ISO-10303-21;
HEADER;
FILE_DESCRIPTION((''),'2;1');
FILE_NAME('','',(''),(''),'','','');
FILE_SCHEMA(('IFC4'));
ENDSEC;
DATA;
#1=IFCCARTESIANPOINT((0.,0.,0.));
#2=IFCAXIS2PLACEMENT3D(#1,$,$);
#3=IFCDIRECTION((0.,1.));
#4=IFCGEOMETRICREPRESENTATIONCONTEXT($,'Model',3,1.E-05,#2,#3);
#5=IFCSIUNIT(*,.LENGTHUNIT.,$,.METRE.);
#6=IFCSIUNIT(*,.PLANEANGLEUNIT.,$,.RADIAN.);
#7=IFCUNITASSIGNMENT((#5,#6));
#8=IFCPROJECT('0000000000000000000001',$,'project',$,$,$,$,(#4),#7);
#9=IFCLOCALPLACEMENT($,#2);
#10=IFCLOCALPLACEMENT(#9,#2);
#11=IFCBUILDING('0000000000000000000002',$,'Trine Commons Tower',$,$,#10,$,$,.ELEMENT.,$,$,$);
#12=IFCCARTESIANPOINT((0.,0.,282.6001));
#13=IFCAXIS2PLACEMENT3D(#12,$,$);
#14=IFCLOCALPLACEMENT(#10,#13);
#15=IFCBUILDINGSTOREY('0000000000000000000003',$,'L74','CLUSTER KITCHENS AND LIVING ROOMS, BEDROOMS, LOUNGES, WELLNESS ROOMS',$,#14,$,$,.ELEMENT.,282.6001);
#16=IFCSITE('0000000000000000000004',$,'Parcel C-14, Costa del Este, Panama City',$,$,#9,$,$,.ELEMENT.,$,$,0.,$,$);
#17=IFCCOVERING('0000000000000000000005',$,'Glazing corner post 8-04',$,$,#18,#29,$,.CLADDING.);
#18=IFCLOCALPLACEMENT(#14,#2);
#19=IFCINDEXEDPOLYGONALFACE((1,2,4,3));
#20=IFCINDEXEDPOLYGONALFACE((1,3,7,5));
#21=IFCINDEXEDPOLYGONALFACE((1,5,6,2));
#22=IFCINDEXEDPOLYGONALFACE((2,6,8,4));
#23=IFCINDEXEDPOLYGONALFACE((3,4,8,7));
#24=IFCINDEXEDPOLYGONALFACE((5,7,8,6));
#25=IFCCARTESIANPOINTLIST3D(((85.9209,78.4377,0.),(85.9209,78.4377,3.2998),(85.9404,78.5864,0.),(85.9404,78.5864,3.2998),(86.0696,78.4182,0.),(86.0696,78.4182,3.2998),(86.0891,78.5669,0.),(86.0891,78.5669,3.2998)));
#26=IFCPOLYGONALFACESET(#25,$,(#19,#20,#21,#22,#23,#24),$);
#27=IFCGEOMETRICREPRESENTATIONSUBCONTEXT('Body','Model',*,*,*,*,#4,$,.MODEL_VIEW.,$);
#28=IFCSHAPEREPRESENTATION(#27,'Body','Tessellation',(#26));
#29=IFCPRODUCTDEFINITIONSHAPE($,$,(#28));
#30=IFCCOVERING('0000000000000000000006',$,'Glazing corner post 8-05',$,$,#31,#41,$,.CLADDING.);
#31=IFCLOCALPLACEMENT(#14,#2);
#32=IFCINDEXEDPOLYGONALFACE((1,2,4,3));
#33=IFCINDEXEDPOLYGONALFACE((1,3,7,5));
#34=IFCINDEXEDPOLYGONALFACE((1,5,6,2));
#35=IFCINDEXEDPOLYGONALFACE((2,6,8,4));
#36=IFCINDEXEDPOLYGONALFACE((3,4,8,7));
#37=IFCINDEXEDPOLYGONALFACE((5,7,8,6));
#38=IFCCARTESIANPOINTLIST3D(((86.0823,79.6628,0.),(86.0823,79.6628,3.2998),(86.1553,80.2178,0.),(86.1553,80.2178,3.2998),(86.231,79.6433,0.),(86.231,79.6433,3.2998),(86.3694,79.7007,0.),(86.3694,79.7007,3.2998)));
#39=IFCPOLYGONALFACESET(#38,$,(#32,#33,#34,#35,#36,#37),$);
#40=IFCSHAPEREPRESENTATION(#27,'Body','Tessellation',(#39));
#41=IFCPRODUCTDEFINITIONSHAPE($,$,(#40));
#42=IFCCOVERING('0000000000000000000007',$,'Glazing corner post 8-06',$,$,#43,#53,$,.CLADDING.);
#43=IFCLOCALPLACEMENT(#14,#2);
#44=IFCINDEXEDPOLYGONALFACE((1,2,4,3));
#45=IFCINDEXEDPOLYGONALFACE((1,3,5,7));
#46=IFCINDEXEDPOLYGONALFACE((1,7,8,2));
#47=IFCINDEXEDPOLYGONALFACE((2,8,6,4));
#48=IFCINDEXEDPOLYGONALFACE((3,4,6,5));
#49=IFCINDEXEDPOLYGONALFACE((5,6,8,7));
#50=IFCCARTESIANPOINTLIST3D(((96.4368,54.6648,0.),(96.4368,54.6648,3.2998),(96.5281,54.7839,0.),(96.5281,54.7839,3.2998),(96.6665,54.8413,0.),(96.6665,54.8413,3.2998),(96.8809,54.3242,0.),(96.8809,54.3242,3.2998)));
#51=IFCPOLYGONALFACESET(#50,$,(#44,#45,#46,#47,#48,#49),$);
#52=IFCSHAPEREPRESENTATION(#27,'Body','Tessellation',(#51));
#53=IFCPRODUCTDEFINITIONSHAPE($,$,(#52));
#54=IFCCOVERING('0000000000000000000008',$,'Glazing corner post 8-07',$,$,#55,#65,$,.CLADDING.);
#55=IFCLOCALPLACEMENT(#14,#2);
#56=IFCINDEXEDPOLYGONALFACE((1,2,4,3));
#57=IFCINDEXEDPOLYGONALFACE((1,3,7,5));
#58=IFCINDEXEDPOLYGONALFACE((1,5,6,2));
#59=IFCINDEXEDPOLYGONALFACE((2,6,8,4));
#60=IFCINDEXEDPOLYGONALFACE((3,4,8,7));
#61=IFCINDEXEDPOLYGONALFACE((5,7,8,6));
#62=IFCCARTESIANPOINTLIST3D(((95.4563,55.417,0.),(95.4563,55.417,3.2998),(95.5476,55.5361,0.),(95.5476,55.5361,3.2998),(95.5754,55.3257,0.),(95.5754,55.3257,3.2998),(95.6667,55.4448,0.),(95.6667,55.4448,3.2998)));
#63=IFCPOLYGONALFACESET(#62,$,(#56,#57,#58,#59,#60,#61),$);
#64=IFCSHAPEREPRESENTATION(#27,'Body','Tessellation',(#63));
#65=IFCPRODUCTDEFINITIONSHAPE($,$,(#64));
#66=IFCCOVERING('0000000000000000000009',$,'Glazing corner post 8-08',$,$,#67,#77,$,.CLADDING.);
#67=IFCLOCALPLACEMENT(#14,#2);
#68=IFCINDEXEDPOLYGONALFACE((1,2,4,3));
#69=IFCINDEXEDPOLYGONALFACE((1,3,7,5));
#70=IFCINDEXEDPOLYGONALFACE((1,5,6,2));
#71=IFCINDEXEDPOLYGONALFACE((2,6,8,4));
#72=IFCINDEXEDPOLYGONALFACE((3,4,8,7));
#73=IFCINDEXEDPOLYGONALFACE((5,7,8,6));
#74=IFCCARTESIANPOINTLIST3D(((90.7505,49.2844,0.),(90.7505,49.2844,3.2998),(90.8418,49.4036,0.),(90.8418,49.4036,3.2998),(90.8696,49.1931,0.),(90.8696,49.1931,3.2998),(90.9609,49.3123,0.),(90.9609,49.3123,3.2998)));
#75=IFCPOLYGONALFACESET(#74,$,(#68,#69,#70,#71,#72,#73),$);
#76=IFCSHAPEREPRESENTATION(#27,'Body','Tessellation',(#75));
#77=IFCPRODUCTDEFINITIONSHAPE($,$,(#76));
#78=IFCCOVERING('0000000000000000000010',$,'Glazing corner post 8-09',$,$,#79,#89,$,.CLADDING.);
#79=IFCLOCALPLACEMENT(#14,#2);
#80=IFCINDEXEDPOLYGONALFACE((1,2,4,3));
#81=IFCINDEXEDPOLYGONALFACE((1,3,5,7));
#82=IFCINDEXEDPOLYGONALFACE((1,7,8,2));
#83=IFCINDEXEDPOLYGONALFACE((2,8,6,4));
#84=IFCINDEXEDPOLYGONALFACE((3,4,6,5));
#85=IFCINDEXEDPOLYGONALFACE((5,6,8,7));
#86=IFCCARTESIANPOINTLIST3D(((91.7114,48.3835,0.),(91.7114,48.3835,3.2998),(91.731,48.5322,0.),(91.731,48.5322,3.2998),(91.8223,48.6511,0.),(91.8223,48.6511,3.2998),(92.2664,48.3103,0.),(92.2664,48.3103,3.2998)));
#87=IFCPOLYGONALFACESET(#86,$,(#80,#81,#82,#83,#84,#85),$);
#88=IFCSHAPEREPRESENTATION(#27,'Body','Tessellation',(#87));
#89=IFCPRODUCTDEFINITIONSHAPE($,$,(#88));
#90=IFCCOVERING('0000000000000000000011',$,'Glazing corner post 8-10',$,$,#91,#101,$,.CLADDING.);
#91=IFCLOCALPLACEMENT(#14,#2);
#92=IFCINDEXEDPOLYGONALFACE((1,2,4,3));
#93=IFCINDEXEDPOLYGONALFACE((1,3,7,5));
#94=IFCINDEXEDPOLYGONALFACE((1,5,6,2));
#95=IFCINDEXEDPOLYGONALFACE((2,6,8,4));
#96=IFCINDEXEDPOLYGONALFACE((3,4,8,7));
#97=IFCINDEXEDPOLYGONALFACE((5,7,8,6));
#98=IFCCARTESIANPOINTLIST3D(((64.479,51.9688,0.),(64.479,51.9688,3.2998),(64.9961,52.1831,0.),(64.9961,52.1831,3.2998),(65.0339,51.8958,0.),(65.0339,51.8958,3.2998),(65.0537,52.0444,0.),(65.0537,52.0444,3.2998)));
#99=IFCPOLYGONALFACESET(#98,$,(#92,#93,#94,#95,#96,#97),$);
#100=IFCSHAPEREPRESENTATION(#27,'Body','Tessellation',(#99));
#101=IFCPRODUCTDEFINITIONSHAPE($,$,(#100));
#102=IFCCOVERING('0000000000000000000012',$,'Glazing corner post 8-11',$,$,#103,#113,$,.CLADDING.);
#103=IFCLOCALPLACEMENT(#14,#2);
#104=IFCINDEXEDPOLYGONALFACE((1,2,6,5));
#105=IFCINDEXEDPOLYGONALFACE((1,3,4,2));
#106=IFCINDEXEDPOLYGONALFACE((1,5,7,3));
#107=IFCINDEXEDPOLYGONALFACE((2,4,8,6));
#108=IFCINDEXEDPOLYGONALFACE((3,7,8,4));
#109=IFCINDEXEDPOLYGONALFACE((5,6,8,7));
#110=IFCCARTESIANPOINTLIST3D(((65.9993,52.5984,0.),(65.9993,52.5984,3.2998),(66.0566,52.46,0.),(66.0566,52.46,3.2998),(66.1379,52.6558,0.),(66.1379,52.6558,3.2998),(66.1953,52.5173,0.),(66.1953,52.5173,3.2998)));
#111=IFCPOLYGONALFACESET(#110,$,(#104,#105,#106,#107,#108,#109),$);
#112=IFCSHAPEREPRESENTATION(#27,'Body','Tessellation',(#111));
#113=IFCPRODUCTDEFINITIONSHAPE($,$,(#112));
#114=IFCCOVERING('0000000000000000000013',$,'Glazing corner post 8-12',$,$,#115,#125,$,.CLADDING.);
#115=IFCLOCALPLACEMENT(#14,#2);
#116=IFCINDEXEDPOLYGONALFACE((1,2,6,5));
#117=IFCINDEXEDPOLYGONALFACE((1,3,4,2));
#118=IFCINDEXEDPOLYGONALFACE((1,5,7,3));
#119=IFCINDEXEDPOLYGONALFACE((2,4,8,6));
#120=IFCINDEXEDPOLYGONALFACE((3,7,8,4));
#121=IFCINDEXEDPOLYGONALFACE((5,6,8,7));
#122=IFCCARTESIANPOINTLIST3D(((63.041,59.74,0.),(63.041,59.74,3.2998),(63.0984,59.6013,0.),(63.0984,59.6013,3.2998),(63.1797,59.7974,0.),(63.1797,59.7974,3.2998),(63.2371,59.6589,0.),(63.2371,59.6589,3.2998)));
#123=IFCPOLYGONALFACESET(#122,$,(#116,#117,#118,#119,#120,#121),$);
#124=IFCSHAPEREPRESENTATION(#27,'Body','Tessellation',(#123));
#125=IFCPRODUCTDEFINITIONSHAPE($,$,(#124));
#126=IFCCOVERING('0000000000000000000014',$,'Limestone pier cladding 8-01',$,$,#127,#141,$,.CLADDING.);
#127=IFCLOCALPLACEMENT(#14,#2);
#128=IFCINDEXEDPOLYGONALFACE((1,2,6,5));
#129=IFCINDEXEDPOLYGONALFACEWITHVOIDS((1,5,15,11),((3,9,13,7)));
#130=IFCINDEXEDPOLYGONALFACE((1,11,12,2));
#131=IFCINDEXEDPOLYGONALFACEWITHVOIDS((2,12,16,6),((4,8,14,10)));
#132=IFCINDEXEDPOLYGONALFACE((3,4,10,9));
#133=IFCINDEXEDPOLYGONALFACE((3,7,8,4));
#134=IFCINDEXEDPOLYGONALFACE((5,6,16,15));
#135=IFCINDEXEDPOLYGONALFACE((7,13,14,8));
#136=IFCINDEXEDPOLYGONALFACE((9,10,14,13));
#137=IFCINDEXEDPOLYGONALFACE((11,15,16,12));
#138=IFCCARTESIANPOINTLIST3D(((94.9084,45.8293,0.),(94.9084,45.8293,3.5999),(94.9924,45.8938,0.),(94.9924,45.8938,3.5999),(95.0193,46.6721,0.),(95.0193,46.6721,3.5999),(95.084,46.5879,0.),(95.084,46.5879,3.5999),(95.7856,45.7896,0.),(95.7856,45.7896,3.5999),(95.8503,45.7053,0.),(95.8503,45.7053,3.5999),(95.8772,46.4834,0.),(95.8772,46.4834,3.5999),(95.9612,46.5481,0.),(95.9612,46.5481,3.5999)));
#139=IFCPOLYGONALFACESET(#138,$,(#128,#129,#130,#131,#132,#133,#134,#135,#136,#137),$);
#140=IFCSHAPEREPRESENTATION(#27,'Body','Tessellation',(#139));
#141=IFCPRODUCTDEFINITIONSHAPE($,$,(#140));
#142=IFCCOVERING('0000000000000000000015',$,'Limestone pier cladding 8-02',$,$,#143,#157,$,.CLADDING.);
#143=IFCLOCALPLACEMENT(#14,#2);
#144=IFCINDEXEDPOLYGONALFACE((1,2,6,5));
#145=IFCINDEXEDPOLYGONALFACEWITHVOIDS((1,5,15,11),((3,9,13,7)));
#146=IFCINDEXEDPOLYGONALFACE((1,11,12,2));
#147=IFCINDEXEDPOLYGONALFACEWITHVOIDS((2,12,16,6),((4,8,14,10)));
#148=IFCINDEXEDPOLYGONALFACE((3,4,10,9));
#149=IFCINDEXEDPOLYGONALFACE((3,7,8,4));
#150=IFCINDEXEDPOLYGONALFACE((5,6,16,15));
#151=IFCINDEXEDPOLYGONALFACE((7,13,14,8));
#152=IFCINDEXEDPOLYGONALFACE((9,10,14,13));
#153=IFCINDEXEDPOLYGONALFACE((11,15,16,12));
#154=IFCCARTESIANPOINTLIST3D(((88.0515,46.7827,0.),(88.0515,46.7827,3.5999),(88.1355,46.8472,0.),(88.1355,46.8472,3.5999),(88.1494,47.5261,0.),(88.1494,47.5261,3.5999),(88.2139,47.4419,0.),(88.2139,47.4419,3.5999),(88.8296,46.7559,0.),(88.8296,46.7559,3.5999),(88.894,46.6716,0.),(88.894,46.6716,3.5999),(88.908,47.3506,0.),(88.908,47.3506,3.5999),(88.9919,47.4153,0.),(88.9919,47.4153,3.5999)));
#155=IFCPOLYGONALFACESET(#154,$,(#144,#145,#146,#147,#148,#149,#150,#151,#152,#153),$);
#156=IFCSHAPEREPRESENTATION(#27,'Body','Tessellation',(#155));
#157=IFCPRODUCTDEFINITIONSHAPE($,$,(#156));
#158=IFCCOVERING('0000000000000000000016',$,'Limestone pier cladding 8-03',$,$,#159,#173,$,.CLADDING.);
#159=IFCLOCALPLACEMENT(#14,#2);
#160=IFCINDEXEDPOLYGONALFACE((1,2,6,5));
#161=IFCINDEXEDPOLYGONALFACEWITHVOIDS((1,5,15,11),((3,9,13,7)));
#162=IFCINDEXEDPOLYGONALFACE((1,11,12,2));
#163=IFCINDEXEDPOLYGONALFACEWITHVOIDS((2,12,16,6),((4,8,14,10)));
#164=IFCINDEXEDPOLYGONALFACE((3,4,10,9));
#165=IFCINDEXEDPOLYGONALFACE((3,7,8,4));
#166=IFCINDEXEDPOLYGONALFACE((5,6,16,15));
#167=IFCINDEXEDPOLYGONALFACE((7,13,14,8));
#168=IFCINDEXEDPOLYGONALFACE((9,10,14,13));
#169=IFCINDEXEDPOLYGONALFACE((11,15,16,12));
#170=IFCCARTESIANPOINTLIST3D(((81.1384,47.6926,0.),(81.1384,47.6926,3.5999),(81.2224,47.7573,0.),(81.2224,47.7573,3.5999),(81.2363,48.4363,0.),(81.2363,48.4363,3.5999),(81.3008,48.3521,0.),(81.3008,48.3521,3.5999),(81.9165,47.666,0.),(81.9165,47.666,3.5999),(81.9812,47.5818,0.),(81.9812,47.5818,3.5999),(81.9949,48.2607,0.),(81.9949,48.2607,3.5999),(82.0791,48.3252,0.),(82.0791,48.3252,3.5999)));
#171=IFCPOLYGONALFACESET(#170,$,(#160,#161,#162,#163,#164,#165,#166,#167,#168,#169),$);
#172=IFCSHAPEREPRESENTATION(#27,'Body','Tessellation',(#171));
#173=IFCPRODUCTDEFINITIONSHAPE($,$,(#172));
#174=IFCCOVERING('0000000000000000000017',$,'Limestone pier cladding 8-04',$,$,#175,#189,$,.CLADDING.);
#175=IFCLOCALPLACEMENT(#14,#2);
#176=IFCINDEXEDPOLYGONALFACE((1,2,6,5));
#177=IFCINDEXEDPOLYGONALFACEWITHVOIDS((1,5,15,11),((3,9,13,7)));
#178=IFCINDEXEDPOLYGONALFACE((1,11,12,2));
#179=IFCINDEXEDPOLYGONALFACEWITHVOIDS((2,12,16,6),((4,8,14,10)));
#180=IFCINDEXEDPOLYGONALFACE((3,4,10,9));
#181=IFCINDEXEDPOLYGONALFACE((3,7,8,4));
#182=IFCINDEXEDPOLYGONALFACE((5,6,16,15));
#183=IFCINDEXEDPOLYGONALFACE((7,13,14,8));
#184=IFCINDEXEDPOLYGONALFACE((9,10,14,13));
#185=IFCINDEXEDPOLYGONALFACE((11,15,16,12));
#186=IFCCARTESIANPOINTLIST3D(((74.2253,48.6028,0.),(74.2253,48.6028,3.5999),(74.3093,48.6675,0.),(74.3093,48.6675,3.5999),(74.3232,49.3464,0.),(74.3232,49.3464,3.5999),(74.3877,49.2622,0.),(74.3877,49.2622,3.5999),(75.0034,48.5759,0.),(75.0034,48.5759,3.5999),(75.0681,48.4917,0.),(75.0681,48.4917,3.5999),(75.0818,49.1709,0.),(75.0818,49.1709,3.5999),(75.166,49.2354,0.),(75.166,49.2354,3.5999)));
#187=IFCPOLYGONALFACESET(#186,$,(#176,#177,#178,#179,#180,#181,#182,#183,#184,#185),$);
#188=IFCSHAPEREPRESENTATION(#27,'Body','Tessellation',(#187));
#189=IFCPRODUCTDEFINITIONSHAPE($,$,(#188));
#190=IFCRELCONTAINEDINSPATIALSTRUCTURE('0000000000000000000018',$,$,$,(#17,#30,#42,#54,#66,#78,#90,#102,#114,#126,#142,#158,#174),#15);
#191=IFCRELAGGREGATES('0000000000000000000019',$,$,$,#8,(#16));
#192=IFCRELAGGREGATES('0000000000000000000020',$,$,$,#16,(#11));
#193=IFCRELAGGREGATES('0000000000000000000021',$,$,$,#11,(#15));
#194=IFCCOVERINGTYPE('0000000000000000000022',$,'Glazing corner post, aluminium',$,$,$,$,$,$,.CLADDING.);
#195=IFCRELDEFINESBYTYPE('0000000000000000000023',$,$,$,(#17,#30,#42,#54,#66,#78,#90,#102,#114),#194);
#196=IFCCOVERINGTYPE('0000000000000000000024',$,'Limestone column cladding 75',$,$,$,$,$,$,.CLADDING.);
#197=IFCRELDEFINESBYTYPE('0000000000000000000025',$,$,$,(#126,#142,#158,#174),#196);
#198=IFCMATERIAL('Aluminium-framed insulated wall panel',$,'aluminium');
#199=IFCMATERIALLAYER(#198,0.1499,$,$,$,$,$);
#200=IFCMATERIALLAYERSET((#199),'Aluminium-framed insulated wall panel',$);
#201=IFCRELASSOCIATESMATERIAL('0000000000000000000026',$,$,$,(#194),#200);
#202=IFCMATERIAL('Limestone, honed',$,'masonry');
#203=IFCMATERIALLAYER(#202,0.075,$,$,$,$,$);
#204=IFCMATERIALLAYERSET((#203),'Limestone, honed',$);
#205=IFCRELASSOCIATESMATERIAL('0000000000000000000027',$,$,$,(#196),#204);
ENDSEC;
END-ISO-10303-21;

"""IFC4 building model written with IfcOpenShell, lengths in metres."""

from ifc_helpers import new_model, si_unit, direction, frame, origin, place, context, subcontext, project, spatial, polyline, outline, extrude, material, layer, layer_set, type_object, element, save


model = new_model("IFC4")

# Units and contexts
model_context = context("Model", 3, precision=1e-05, world=origin(), true_north=direction((0.0, 1.0)))
body_context = subcontext(model_context, "Body", "Model", "MODEL_VIEW")
ifc_project = project(units=[si_unit("LENGTHUNIT", "METRE"), si_unit("PLANEANGLEUNIT", "RADIAN")], contexts=[model_context])

# Site, building, storey
site_placement = place(None, origin())
site = spatial("IfcSite", under=ifc_project, at=site_placement, Name="Parcel C-14, Costa del Este, Panama City", CompositionType="ELEMENT", RefElevation=0.0)
building_placement = place(site_placement, origin())
building = spatial("IfcBuilding", under=site, at=building_placement, Name="Trine Commons Tower", CompositionType="ELEMENT")
storey_placement = place(building_placement, frame((0.0, 0.0, 282.6001)))
storey = spatial("IfcBuildingStorey", under=building, at=storey_placement, Name="L74", Description="CLUSTER KITCHENS AND LIVING ROOMS, BEDROOMS, LOUNGES, WELLNESS ROOMS", CompositionType="ELEMENT", Elevation=282.6001)

# Coverings
ifc_material_1 = material(Name="Aluminium-framed insulated wall panel", Category="aluminium")
ifc_layer_1 = layer(ifc_material_1, 0.1499)
ifc_layer_set_1 = layer_set([ifc_layer_1], Name="Aluminium-framed insulated wall panel")
covering_type_1 = type_object("IfcCoveringType", Name="Glazing corner post, aluminium", PredefinedType="CLADDING", material=ifc_layer_set_1)
covering_1_placement = place(storey_placement, origin())
element("IfcCovering", 1, at=covering_1_placement, inside=storey, type_object=covering_type_1, Name="Glazing corner post 8-04", PredefinedType="CLADDING", context=body_context, shape_type="SweptSolid", body=[
    extrude(outline(polyline([(85.9209, 78.4377), (86.0696, 78.4182), (86.0891, 78.5669), (85.9404, 78.5864), (85.9209, 78.4377)])), origin(), (0.0, 0.0, 1.0), 3.2998),
])
covering_2_placement = place(storey_placement, origin())
element("IfcCovering", 2, at=covering_2_placement, inside=storey, type_object=covering_type_1, Name="Glazing corner post 8-05", PredefinedType="CLADDING", context=body_context, shape_type="SweptSolid", body=[
    extrude(outline(polyline([(86.0823, 79.6628), (86.231, 79.6433), (86.3694, 79.7007), (86.1553, 80.2178), (86.0823, 79.6628)])), origin(), (0.0, 0.0, 1.0), 3.2998),
])
covering_3_placement = place(storey_placement, origin())
element("IfcCovering", 3, at=covering_3_placement, inside=storey, type_object=covering_type_1, Name="Glazing corner post 8-06", PredefinedType="CLADDING", context=body_context, shape_type="SweptSolid", body=[
    extrude(outline(polyline([(96.4368, 54.6648), (96.8809, 54.3242), (96.6665, 54.8413), (96.5281, 54.7839), (96.4368, 54.6648)])), origin(), (0.0, 0.0, 1.0), 3.2998),
])
covering_4_placement = place(storey_placement, origin())
element("IfcCovering", 4, at=covering_4_placement, inside=storey, type_object=covering_type_1, Name="Glazing corner post 8-07", PredefinedType="CLADDING", context=body_context, shape_type="SweptSolid", body=[
    extrude(outline(polyline([(95.4563, 55.417), (95.5754, 55.3257), (95.6667, 55.4448), (95.5476, 55.5361), (95.4563, 55.417)])), origin(), (0.0, 0.0, 1.0), 3.2998),
])
covering_5_placement = place(storey_placement, origin())
element("IfcCovering", 5, at=covering_5_placement, inside=storey, type_object=covering_type_1, Name="Glazing corner post 8-08", PredefinedType="CLADDING", context=body_context, shape_type="SweptSolid", body=[
    extrude(outline(polyline([(90.8696, 49.1931), (90.9609, 49.3123), (90.8418, 49.4036), (90.7505, 49.2844), (90.8696, 49.1931)])), origin(), (0.0, 0.0, 1.0), 3.2998),
])
covering_6_placement = place(storey_placement, origin())
element("IfcCovering", 6, at=covering_6_placement, inside=storey, type_object=covering_type_1, Name="Glazing corner post 8-09", PredefinedType="CLADDING", context=body_context, shape_type="SweptSolid", body=[
    extrude(outline(polyline([(91.7114, 48.3835), (92.2664, 48.3103), (91.8223, 48.6511), (91.731, 48.5322), (91.7114, 48.3835)])), origin(), (0.0, 0.0, 1.0), 3.2998),
])
covering_7_placement = place(storey_placement, origin())
element("IfcCovering", 7, at=covering_7_placement, inside=storey, type_object=covering_type_1, Name="Glazing corner post 8-10", PredefinedType="CLADDING", context=body_context, shape_type="SweptSolid", body=[
    extrude(outline(polyline([(65.0339, 51.8958), (65.0537, 52.0444), (64.9961, 52.1831), (64.479, 51.9688), (65.0339, 51.8958)])), origin(), (0.0, 0.0, 1.0), 3.2998),
])
covering_8_placement = place(storey_placement, origin())
element("IfcCovering", 8, at=covering_8_placement, inside=storey, type_object=covering_type_1, Name="Glazing corner post 8-11", PredefinedType="CLADDING", context=body_context, shape_type="SweptSolid", body=[
    extrude(outline(polyline([(66.0566, 52.46), (66.1953, 52.5173), (66.1379, 52.6558), (65.9993, 52.5984), (66.0566, 52.46)])), origin(), (0.0, 0.0, 1.0), 3.2998),
])
covering_9_placement = place(storey_placement, origin())
element("IfcCovering", 9, at=covering_9_placement, inside=storey, type_object=covering_type_1, Name="Glazing corner post 8-12", PredefinedType="CLADDING", context=body_context, shape_type="SweptSolid", body=[
    extrude(outline(polyline([(63.041, 59.74), (63.0984, 59.6013), (63.2371, 59.6589), (63.1797, 59.7974), (63.041, 59.74)])), origin(), (0.0, 0.0, 1.0), 3.2998),
])
ifc_material_2 = material(Name="Limestone, honed", Category="masonry")
ifc_layer_2 = layer(ifc_material_2, 0.075)
ifc_layer_set_2 = layer_set([ifc_layer_2], Name="Limestone, honed")
covering_type_2 = type_object("IfcCoveringType", Name="Limestone column cladding 75", PredefinedType="CLADDING", material=ifc_layer_set_2)
covering_10_placement = place(storey_placement, origin())
element("IfcCovering", 10, at=covering_10_placement, inside=storey, type_object=covering_type_2, Name="Limestone pier cladding 8-01", PredefinedType="CLADDING", context=body_context, shape_type="SweptSolid", body=[
    extrude(outline(polyline([(95.0193, 46.6721), (94.9084, 45.8293), (95.8503, 45.7053), (95.9612, 46.5481), (95.0193, 46.6721)]), holes=[polyline([(95.084, 46.5879), (94.9924, 45.8938), (95.7856, 45.7896), (95.8772, 46.4834), (95.084, 46.5879)])]), origin(), (0.0, 0.0, 1.0), 3.5999),
])
covering_11_placement = place(storey_placement, origin())
element("IfcCovering", 11, at=covering_11_placement, inside=storey, type_object=covering_type_2, Name="Limestone pier cladding 8-02", PredefinedType="CLADDING", context=body_context, shape_type="SweptSolid", body=[
    extrude(outline(polyline([(88.1494, 47.5261), (88.0515, 46.7827), (88.894, 46.6716), (88.9919, 47.4153), (88.1494, 47.5261)]), holes=[polyline([(88.2139, 47.4419), (88.1355, 46.8472), (88.8296, 46.7559), (88.908, 47.3506), (88.2139, 47.4419)])]), origin(), (0.0, 0.0, 1.0), 3.5999),
])
covering_12_placement = place(storey_placement, origin())
element("IfcCovering", 12, at=covering_12_placement, inside=storey, type_object=covering_type_2, Name="Limestone pier cladding 8-03", PredefinedType="CLADDING", context=body_context, shape_type="SweptSolid", body=[
    extrude(outline(polyline([(81.2363, 48.4363), (81.1384, 47.6926), (81.9812, 47.5818), (82.0791, 48.3252), (81.2363, 48.4363)]), holes=[polyline([(81.3008, 48.3521), (81.2224, 47.7573), (81.9165, 47.666), (81.9949, 48.2607), (81.3008, 48.3521)])]), origin(), (0.0, 0.0, 1.0), 3.5999),
])
covering_13_placement = place(storey_placement, origin())
element("IfcCovering", 13, at=covering_13_placement, inside=storey, type_object=covering_type_2, Name="Limestone pier cladding 8-04", PredefinedType="CLADDING", context=body_context, shape_type="SweptSolid", body=[
    extrude(outline(polyline([(74.3232, 49.3464), (74.2253, 48.6028), (75.0681, 48.4917), (75.166, 49.2354), (74.3232, 49.3464)]), holes=[polyline([(74.3877, 49.2622), (74.3093, 48.6675), (75.0034, 48.5759), (75.0818, 49.1709), (74.3877, 49.2622)])]), origin(), (0.0, 0.0, 1.0), 3.5999),
])

save(model, "model.ifc")
